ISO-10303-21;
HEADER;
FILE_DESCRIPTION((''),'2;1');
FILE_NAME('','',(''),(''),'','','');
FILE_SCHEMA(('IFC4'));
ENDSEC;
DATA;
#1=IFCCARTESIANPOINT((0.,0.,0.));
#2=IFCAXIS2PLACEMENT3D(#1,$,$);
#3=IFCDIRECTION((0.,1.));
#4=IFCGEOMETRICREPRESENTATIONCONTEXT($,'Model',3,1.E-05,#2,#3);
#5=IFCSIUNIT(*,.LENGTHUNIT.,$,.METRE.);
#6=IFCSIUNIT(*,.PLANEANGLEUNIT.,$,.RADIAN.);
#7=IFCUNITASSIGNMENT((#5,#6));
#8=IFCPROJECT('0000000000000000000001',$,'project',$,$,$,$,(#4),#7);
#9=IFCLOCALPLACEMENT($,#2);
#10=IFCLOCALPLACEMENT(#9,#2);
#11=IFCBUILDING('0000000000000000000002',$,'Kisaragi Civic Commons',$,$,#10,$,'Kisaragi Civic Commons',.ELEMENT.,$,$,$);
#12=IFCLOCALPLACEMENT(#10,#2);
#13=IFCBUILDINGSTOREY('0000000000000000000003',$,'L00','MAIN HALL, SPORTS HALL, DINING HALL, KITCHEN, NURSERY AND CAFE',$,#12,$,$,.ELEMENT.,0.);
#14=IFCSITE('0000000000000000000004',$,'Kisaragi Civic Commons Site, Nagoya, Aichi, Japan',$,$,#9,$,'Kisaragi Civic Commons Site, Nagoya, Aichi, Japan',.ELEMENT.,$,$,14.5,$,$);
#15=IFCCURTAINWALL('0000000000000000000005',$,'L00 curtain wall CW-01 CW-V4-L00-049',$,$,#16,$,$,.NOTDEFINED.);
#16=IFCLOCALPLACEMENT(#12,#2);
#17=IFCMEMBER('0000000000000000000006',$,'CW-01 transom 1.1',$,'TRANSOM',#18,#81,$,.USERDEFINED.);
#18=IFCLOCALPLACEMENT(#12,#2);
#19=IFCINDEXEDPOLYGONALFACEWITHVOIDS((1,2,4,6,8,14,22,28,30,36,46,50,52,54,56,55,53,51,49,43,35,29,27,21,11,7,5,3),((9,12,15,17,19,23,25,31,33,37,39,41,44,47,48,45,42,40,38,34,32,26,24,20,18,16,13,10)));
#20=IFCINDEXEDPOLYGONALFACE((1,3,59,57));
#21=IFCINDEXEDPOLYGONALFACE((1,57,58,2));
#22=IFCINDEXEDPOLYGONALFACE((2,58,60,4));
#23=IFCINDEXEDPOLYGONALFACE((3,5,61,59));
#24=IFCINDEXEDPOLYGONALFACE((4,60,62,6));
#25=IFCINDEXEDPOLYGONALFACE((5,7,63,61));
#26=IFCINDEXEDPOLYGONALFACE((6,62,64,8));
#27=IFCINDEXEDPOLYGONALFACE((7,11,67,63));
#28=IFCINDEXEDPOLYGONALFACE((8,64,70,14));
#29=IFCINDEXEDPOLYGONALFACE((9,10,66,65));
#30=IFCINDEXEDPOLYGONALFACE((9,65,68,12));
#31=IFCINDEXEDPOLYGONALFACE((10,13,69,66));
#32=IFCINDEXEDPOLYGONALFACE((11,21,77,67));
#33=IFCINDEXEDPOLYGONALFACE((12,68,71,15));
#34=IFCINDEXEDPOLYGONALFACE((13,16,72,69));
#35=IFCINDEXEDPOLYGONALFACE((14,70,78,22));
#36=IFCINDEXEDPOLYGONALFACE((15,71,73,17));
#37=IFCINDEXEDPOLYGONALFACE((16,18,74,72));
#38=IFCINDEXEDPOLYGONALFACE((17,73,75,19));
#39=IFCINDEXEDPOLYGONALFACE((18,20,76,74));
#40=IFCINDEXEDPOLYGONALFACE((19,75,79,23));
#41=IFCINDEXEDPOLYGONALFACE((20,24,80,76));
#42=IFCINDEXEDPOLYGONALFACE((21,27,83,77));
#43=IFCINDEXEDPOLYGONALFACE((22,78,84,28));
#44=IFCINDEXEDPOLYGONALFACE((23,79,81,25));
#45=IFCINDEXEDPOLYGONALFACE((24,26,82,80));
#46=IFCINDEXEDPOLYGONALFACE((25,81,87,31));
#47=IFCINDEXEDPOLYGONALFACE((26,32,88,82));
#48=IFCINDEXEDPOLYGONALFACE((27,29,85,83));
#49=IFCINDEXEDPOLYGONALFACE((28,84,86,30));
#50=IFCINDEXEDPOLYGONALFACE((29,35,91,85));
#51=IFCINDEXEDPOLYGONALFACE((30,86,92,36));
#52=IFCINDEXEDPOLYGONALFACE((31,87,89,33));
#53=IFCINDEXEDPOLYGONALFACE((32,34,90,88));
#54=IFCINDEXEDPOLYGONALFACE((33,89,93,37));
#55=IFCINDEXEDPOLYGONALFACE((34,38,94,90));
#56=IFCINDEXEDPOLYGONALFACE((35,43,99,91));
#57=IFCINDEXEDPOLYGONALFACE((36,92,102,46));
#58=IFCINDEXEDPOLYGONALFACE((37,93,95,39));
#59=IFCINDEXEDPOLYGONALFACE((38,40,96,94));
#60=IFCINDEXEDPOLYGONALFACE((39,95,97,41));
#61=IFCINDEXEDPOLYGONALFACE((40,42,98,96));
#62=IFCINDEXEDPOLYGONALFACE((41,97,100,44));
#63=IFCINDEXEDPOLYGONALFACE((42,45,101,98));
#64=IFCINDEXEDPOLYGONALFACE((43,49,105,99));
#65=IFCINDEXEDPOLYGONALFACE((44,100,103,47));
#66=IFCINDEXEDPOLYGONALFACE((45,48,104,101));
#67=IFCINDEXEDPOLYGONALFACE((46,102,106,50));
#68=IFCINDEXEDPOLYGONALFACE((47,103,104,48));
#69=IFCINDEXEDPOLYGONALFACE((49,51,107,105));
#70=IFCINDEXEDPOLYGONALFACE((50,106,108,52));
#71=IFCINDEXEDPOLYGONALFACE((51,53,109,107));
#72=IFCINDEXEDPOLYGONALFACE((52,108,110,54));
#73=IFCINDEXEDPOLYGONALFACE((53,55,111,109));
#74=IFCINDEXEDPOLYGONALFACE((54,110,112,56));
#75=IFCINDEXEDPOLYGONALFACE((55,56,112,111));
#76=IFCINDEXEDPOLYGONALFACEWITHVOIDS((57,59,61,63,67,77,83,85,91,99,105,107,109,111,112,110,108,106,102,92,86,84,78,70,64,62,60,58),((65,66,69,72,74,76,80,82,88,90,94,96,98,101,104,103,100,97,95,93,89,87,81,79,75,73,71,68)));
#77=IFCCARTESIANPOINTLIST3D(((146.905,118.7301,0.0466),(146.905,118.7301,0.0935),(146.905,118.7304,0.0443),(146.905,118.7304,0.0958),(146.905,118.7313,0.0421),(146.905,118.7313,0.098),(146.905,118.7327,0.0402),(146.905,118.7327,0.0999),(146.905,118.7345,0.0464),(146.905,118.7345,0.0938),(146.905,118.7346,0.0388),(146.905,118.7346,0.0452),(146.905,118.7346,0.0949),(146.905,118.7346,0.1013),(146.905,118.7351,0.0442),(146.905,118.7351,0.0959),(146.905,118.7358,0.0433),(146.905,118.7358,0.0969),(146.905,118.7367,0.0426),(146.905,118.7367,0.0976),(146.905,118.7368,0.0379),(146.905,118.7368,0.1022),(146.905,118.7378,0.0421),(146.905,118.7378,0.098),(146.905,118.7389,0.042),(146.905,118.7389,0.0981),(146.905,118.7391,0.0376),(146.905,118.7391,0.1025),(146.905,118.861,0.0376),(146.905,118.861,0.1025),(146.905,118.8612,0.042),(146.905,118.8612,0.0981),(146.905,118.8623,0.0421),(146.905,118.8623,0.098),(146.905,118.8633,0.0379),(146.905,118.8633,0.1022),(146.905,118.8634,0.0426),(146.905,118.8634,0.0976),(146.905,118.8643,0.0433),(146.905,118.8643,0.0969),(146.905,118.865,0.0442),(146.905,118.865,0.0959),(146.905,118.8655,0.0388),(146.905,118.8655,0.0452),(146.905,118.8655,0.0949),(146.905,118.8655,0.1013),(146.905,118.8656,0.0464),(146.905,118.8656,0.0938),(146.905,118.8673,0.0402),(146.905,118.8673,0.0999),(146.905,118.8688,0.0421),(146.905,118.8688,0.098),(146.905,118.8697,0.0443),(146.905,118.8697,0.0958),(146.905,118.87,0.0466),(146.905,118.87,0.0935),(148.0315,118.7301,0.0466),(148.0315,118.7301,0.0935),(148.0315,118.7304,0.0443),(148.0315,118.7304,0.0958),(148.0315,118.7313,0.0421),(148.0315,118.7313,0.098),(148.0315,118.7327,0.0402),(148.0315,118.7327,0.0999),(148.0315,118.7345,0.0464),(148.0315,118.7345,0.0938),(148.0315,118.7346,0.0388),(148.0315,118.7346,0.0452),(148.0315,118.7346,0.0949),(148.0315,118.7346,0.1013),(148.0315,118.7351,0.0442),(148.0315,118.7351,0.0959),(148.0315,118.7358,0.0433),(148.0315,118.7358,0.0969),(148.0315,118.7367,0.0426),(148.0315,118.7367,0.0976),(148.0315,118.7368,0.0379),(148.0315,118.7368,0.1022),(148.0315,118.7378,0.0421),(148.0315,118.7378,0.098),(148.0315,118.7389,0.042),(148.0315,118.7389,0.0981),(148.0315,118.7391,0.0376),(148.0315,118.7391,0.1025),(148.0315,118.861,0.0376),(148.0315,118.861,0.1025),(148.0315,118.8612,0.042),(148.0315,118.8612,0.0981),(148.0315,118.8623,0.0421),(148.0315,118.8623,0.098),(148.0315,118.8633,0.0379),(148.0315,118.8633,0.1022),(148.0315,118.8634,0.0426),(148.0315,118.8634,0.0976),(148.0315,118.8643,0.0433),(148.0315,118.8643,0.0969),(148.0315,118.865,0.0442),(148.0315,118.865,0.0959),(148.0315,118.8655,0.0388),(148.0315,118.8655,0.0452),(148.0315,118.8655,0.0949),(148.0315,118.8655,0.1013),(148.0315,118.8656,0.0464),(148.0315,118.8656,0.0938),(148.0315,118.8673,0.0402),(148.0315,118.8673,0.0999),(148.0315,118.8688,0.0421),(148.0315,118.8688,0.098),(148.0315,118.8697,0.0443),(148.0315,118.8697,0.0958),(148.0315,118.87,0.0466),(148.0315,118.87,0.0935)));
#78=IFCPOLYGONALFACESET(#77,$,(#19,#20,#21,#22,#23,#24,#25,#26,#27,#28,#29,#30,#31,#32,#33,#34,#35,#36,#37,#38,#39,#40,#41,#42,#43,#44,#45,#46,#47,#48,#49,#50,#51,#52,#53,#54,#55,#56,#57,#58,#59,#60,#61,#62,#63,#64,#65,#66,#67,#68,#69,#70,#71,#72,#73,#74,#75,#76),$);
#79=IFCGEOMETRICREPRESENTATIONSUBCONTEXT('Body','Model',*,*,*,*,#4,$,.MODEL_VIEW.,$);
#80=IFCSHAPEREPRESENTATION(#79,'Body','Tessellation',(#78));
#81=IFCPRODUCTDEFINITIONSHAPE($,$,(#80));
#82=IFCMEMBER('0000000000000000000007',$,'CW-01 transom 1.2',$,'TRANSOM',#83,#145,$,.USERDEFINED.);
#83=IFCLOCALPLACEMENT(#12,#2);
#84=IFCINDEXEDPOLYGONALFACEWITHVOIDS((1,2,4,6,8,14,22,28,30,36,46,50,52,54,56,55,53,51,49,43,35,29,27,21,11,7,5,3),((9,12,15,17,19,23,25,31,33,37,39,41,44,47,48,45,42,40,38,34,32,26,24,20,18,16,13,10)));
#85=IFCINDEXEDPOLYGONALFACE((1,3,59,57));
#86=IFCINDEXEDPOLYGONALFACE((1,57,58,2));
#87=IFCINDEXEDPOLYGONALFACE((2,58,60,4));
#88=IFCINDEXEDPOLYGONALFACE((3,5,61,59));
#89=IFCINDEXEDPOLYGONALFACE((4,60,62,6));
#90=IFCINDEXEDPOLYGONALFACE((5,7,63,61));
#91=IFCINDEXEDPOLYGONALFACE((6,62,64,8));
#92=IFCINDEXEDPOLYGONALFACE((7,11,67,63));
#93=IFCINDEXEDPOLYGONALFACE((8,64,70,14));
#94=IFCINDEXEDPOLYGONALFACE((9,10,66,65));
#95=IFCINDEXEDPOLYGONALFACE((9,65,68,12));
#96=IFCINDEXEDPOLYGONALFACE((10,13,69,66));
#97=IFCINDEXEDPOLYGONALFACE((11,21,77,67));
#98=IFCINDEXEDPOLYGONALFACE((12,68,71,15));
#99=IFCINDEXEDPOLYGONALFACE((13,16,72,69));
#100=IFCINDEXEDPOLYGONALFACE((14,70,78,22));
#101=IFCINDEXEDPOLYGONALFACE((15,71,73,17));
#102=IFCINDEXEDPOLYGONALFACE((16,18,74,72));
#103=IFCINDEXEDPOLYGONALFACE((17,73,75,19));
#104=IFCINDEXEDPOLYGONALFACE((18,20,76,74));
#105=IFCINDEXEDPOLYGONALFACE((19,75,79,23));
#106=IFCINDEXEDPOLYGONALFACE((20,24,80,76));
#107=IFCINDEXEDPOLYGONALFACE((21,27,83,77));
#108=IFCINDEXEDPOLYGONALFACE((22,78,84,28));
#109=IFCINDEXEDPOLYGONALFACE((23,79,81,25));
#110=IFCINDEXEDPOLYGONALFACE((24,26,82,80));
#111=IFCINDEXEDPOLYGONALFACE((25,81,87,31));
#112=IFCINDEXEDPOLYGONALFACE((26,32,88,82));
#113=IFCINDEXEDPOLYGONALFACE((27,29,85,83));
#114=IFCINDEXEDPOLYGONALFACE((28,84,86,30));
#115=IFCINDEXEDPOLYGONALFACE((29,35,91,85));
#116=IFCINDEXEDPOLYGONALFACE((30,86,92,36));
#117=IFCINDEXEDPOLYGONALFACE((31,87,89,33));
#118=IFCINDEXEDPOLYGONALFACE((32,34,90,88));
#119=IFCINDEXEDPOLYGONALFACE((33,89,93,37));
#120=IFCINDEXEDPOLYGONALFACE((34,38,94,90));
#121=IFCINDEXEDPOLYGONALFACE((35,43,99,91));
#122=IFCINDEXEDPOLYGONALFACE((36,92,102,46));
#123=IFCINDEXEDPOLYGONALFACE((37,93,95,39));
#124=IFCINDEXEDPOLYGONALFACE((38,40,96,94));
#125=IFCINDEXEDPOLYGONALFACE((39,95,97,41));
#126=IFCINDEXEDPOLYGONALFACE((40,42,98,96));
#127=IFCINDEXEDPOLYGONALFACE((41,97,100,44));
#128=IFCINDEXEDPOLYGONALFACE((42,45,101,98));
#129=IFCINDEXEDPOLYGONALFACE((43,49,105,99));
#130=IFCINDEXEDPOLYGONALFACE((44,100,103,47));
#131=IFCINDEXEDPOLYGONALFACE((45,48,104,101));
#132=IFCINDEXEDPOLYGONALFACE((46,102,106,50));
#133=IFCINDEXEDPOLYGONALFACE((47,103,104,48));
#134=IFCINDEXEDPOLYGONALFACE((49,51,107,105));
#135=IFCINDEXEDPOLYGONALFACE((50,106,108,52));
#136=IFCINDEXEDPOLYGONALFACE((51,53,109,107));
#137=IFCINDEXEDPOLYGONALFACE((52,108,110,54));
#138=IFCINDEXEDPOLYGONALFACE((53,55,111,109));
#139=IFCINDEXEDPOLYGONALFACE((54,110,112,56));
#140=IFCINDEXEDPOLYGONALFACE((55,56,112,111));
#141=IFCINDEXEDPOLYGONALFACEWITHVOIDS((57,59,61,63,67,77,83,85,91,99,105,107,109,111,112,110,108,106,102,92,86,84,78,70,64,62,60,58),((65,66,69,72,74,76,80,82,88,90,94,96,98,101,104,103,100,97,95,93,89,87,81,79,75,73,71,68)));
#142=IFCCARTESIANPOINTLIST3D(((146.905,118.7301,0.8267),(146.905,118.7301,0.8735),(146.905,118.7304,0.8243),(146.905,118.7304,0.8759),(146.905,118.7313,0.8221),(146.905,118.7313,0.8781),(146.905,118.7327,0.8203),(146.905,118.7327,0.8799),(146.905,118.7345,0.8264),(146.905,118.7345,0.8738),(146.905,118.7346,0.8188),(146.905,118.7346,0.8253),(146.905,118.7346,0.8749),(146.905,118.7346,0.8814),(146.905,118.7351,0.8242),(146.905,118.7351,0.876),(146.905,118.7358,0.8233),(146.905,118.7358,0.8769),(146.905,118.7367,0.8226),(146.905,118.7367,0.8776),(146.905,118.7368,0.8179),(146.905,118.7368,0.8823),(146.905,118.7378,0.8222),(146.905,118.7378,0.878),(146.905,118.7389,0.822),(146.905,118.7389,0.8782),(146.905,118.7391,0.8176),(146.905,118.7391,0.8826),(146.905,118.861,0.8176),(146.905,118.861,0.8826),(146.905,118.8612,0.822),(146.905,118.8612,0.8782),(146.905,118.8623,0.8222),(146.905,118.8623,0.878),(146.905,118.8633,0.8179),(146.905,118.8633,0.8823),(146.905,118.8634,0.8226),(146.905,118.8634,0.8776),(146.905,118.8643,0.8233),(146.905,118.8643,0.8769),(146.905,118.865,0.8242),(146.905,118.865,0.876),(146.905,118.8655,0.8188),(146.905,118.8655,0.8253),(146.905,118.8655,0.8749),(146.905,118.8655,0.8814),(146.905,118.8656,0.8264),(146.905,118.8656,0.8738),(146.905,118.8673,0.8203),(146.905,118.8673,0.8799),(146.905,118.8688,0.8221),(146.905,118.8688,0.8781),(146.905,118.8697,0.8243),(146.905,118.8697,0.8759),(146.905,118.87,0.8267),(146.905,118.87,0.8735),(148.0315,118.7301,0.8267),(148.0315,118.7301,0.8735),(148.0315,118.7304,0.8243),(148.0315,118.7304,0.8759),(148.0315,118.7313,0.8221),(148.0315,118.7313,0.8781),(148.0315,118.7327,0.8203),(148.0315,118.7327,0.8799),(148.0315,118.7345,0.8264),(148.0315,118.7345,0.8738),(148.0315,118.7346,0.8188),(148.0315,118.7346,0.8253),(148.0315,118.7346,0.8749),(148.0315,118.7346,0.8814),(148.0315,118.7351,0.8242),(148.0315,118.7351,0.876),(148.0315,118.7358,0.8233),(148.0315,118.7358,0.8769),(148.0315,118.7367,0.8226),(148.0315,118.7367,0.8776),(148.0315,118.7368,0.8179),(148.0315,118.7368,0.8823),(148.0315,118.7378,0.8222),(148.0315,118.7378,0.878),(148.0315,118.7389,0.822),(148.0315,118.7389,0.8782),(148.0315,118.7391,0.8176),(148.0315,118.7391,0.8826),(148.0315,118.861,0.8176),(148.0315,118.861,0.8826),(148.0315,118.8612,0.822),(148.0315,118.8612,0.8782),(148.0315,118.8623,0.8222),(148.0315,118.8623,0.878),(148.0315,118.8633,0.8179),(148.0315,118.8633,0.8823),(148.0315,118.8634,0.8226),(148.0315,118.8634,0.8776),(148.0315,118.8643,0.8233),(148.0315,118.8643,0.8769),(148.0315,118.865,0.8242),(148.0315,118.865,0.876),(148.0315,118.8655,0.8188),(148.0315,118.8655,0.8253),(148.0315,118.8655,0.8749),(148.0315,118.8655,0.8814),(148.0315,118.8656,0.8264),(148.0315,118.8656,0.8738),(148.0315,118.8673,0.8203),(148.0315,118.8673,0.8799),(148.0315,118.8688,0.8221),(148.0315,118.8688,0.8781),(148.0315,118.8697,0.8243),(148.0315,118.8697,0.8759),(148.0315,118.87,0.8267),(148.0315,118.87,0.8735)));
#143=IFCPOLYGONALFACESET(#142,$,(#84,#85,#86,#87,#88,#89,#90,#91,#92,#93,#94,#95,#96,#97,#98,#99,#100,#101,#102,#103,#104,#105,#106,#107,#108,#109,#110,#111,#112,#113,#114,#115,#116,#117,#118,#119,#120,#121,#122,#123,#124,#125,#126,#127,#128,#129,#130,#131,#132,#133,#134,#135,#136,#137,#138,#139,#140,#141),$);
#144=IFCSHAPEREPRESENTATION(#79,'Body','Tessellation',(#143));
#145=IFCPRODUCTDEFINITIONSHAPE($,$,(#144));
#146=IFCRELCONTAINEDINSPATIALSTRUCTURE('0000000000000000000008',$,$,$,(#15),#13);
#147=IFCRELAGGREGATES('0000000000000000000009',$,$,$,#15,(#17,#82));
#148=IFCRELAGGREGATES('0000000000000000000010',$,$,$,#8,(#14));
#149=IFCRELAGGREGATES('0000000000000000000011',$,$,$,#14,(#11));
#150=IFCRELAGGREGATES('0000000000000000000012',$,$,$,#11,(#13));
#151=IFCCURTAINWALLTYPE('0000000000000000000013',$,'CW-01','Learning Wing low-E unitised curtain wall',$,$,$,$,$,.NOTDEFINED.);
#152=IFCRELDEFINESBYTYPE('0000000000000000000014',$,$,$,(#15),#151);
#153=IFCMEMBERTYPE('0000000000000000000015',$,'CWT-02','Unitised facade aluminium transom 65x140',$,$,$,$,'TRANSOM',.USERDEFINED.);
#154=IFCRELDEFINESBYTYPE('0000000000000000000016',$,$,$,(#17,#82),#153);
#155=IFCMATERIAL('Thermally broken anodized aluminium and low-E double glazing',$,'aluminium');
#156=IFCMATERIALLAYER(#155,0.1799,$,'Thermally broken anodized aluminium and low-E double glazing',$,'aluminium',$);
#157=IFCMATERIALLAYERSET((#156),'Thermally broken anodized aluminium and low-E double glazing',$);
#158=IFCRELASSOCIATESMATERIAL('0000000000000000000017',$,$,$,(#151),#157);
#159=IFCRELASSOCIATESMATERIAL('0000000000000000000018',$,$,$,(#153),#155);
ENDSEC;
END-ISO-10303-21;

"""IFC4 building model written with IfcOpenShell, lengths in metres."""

from ifc_helpers import new_model, si_unit, direction, frame, origin, origin_2d, place, context, subcontext, project, spatial, hollow_rectangle, extrude, material, layer, layer_set, material_profile, profile_set, type_object, element, aggregate, save


model = new_model("IFC4")

# Units and contexts
model_context = context("Model", 3, precision=1e-05, world=origin(), true_north=direction((0.0, 1.0)))
body_context = subcontext(model_context, "Body", "Model", "MODEL_VIEW")
ifc_project = project(units=[si_unit("LENGTHUNIT", "METRE"), si_unit("PLANEANGLEUNIT", "RADIAN")], contexts=[model_context])

# Site, building, storey
site_placement = place(None, origin())
site = spatial("IfcSite", under=ifc_project, at=site_placement, Name="Kisaragi Civic Commons Site, Nagoya, Aichi, Japan", LongName="Kisaragi Civic Commons Site, Nagoya, Aichi, Japan", CompositionType="ELEMENT", RefElevation=14.5)
building_placement = place(site_placement, origin())
building = spatial("IfcBuilding", under=site, at=building_placement, Name="Kisaragi Civic Commons", LongName="Kisaragi Civic Commons", CompositionType="ELEMENT")
storey_placement = place(building_placement, origin())
storey = spatial("IfcBuildingStorey", under=building, at=storey_placement, Name="L00", Description="MAIN HALL, SPORTS HALL, DINING HALL, KITCHEN, NURSERY AND CAFE", CompositionType="ELEMENT", Elevation=0.0)

# Curtain wall, members
ifc_material_1 = material(Name="Thermally broken anodized aluminium and low-E double glazing", Category="aluminium")
ifc_layer_1 = layer(ifc_material_1, 0.1799, Name="Thermally broken anodized aluminium and low-E double glazing", Category="aluminium")
ifc_layer_set_1 = layer_set([ifc_layer_1], Name="Thermally broken anodized aluminium and low-E double glazing")
curtain_wall_type = type_object("IfcCurtainWallType", Name="CW-01", Description="Learning Wing low-E unitised curtain wall", PredefinedType="NOTDEFINED", material=ifc_layer_set_1)
curtain_wall_placement = place(storey_placement, origin())
curtain_wall = element("IfcCurtainWall", 1, at=curtain_wall_placement, inside=storey, type_object=curtain_wall_type, Name="L00 curtain wall CW-01 CW-V4-L00-049", PredefinedType="NOTDEFINED")
ifc_material_profile_1 = material_profile(ifc_material_1, hollow_rectangle(XDim=0.1399, YDim=0.0649, WallThickness=0.0044, InnerFilletRadius=0.0044, OuterFilletRadius=0.009, at=origin_2d()), Name="CWT-65x140x4.5", Category="aluminium")
ifc_profile_set_1 = profile_set([ifc_material_profile_1], Name="Thermally broken anodized aluminium and low-E double glazing")
member_type_1 = type_object("IfcMemberType", Name="CWT-02", Description="Unitised facade aluminium transom 65x140", ElementType="TRANSOM", PredefinedType="USERDEFINED", material=ifc_profile_set_1)
member_1_placement = place(storey_placement, frame((146.905, 118.8, 0.0701), z_axis=(1.0, 0.0, 0.0), x_axis=(0.0, 1.0, 0.0)))
member_1 = element("IfcMember", 2, at=member_1_placement, type_object=member_type_1, Name="CW-01 transom 1.1", ObjectType="TRANSOM", PredefinedType="USERDEFINED", context=body_context, shape_type="SweptSolid", body=[
    extrude(hollow_rectangle(XDim=0.1399, YDim=0.0649, WallThickness=0.0044, InnerFilletRadius=0.0044, OuterFilletRadius=0.009, at=origin_2d()), origin(), (0.0, 0.0, 1.0), 1.1265),
])
member_2_placement = place(storey_placement, frame((146.905, 118.8, 0.8501), z_axis=(1.0, 0.0, 0.0), x_axis=(0.0, 1.0, 0.0)))
member_2 = element("IfcMember", 3, at=member_2_placement, type_object=member_type_1, Name="CW-01 transom 1.2", ObjectType="TRANSOM", PredefinedType="USERDEFINED", context=body_context, shape_type="SweptSolid", body=[
    extrude(hollow_rectangle(XDim=0.1399, YDim=0.0649, WallThickness=0.0044, InnerFilletRadius=0.0044, OuterFilletRadius=0.009, at=origin_2d()), origin(), (0.0, 0.0, 1.0), 1.1265),
])
aggregate(curtain_wall, [member_1, member_2])

save(model, "model.ifc")
